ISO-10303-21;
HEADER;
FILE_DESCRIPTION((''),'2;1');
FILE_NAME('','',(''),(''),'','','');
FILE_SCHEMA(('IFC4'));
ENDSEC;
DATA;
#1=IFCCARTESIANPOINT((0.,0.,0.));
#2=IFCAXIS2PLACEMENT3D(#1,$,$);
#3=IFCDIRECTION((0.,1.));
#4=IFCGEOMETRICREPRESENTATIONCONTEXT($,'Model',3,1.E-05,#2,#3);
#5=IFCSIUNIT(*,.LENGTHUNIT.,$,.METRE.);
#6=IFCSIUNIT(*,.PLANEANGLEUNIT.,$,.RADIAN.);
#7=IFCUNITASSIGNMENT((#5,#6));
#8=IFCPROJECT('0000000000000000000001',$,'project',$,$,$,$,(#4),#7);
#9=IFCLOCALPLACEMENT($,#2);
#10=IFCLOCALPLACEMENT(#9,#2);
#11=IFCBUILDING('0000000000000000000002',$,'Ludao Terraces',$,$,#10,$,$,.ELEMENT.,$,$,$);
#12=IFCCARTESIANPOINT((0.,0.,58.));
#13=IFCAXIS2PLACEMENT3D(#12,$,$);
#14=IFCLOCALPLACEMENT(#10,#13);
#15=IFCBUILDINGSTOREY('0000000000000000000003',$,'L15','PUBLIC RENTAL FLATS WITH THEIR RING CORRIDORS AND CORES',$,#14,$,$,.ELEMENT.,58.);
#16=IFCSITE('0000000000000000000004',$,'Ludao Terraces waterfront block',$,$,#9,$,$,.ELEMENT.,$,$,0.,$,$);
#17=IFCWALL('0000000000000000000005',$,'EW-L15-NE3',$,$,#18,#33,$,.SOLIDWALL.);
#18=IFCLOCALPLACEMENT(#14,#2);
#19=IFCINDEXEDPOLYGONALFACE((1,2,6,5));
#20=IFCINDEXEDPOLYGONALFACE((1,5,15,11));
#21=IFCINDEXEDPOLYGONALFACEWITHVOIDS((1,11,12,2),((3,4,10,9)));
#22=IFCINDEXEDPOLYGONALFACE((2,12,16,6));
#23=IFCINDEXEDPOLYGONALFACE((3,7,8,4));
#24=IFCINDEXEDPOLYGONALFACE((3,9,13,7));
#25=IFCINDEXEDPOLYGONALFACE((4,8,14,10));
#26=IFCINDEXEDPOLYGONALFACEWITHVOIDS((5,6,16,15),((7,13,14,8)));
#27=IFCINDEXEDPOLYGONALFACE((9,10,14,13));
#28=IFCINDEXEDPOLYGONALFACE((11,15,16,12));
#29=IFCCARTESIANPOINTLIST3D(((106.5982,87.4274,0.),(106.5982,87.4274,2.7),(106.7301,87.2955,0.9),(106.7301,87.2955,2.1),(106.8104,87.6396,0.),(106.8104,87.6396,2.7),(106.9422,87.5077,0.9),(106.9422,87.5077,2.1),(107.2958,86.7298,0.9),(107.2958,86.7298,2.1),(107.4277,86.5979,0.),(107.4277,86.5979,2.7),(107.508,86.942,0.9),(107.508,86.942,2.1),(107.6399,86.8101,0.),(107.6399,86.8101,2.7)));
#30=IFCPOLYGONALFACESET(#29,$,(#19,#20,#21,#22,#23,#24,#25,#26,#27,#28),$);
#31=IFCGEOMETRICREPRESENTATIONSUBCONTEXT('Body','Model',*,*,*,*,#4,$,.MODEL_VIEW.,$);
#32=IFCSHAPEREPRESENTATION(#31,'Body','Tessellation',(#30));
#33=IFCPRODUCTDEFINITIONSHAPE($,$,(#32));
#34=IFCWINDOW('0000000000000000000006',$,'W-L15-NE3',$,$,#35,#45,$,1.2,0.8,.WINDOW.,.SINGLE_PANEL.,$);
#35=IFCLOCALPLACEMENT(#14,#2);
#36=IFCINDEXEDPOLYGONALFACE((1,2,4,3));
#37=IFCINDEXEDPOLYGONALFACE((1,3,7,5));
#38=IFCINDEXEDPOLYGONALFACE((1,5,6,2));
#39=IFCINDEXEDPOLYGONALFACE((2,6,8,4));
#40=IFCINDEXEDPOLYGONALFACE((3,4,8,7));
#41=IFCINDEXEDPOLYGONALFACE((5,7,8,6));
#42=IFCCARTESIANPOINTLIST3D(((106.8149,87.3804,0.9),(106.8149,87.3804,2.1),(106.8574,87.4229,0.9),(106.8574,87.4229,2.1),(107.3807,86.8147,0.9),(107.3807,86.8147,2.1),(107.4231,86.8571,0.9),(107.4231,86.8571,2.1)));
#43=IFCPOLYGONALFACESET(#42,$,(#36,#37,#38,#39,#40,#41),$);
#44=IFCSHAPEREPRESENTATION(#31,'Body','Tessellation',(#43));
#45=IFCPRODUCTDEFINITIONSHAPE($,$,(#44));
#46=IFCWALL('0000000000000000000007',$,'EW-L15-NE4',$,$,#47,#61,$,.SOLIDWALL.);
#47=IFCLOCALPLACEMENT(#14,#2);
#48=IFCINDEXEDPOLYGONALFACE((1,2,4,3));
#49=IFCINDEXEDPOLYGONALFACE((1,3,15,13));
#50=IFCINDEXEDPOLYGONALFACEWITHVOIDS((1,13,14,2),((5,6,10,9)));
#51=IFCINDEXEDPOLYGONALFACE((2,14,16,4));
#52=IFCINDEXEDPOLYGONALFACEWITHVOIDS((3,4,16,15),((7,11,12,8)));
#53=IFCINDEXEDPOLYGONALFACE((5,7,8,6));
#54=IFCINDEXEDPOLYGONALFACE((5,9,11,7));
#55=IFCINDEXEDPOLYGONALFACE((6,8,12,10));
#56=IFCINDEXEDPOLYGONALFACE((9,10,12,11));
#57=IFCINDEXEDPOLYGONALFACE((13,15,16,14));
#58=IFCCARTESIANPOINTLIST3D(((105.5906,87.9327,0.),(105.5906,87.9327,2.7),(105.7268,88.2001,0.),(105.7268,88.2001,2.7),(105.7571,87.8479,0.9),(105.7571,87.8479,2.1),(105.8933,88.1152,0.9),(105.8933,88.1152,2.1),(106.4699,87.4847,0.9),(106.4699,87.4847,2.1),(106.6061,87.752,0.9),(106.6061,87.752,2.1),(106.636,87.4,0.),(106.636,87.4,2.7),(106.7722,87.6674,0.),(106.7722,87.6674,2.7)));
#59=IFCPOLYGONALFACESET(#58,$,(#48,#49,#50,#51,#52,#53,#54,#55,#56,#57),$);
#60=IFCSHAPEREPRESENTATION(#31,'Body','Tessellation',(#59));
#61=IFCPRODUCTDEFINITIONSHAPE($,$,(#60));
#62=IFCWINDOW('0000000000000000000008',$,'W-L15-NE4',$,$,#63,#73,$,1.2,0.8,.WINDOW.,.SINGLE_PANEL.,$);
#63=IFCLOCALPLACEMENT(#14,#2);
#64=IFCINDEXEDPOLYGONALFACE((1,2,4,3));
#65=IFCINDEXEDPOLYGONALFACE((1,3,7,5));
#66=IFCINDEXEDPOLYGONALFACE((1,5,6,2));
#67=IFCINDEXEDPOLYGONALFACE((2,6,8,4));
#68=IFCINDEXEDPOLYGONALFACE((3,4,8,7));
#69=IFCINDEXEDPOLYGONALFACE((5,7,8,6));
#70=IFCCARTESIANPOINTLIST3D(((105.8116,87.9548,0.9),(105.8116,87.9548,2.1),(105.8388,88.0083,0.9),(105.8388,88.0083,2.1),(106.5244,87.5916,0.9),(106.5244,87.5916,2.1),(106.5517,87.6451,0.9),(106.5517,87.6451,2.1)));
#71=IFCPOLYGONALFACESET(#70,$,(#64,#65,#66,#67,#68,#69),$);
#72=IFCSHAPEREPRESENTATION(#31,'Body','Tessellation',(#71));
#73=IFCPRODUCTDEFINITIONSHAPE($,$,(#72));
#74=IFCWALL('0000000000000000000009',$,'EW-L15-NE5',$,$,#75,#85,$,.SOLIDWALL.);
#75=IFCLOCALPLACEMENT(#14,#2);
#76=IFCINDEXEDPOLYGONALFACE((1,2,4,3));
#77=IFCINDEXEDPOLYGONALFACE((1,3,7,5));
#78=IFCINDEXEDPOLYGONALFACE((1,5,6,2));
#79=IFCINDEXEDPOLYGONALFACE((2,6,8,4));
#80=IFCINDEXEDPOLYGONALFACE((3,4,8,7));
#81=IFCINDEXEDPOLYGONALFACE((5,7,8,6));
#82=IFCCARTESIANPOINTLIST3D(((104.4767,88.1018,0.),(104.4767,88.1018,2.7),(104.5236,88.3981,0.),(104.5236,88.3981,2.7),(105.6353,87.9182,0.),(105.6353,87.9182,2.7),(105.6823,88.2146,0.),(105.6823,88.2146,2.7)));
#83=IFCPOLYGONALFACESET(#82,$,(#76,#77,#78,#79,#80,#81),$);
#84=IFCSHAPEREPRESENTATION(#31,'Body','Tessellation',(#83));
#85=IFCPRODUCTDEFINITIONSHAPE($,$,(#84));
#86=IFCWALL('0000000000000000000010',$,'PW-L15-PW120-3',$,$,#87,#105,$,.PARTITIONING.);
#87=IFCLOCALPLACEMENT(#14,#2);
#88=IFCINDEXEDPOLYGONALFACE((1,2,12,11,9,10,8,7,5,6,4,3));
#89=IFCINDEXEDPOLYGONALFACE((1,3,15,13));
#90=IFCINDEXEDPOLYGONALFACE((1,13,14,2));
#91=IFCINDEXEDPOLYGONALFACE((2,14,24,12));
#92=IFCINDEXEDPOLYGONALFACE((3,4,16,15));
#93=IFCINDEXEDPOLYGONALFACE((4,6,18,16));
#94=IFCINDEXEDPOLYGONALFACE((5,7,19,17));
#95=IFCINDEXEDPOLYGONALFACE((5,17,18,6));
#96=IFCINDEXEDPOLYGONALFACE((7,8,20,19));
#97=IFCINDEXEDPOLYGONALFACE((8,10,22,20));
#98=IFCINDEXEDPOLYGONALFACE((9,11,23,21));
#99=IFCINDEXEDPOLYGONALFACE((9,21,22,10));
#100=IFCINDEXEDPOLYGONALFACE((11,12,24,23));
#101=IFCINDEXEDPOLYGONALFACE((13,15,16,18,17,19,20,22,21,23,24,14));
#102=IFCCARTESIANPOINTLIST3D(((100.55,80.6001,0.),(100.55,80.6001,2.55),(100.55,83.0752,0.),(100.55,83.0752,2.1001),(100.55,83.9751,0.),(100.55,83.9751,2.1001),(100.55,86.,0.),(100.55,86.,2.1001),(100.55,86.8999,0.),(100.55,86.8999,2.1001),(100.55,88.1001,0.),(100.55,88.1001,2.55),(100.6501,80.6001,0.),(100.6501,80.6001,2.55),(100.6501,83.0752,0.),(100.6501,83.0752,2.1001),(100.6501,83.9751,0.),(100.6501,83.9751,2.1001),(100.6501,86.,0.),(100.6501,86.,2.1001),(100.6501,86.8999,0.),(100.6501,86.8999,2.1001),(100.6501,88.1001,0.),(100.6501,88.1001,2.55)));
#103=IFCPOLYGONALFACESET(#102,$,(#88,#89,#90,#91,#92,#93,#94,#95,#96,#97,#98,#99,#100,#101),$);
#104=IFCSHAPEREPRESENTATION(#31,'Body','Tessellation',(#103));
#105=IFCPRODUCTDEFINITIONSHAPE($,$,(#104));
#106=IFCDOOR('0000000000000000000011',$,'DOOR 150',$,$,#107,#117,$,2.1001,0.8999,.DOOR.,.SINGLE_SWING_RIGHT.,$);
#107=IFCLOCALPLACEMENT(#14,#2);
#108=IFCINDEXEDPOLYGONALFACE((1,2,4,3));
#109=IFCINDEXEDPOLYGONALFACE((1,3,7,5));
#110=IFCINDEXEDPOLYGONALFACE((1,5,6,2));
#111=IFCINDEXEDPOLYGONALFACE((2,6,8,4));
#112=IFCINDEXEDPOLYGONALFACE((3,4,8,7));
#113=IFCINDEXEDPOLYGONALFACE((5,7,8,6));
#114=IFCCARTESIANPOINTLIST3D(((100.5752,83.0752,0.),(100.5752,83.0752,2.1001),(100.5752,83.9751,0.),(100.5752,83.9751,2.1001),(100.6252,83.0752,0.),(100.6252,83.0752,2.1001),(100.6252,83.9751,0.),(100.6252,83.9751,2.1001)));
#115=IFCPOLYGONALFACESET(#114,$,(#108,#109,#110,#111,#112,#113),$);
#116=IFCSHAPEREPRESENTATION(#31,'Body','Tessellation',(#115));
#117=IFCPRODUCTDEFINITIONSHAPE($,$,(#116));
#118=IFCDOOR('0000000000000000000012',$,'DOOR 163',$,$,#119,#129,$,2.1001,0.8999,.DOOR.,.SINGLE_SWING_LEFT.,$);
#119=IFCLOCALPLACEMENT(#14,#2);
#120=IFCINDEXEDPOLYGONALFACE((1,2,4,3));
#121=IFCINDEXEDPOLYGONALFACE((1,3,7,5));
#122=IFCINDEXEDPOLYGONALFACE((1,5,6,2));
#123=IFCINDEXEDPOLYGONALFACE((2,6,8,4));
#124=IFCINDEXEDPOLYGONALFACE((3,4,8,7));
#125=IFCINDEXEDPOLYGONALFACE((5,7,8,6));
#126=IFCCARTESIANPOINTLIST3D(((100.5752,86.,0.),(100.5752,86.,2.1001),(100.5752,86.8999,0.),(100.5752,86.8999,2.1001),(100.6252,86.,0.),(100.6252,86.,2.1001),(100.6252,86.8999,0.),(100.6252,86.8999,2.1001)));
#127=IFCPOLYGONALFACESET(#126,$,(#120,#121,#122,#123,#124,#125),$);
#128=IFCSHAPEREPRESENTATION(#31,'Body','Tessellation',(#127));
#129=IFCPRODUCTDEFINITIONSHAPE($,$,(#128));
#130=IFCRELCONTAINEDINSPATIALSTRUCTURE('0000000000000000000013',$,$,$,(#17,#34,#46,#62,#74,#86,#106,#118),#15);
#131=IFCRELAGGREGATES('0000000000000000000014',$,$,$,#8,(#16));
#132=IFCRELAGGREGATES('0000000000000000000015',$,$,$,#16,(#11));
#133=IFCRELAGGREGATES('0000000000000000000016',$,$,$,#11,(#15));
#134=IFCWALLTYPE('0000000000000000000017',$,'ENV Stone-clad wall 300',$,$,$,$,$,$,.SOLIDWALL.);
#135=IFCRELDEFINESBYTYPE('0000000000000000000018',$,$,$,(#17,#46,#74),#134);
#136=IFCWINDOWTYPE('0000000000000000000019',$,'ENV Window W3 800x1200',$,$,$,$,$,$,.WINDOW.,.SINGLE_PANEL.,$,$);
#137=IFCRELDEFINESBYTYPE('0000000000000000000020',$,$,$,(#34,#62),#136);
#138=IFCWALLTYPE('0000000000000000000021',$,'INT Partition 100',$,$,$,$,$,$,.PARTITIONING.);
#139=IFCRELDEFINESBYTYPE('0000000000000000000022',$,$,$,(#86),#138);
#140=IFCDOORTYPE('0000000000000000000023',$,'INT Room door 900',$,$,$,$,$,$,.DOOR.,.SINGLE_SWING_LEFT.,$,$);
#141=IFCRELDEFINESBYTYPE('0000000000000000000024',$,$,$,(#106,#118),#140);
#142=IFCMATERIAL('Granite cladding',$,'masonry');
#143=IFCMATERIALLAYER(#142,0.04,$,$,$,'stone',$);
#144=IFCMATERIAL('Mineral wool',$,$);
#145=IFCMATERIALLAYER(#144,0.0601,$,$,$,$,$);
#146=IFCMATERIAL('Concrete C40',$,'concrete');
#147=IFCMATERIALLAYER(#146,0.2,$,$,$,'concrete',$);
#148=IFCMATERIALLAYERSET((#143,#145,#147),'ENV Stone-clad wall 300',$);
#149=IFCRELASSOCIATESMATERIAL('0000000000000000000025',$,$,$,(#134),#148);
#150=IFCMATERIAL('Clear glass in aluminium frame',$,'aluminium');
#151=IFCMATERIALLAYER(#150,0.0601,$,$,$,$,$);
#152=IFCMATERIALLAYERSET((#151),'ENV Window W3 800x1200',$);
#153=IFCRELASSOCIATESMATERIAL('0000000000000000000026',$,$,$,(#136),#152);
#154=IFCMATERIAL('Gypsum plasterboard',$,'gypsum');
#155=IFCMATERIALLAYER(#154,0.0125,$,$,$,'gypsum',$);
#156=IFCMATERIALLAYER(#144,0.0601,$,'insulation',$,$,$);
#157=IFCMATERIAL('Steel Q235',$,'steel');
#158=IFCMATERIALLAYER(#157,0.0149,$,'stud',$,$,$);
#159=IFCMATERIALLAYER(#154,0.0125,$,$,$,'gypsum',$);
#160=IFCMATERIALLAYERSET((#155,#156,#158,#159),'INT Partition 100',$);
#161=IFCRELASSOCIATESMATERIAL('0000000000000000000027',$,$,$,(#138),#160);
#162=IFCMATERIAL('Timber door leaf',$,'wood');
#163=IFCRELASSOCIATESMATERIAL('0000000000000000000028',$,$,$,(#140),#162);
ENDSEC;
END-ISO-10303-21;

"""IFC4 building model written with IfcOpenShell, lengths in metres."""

from ifc_helpers import new_model, si_unit, direction, frame, frame_2d, origin, place, context, subcontext, project, spatial, rectangle, extrude, material, layer, layer_set, type_object, element, fill, save


model = new_model("IFC4")

# Units and contexts
model_context = context("Model", 3, precision=1e-05, world=origin(), true_north=direction((0.0, 1.0)))
body_context = subcontext(model_context, "Body", "Model", "MODEL_VIEW")
ifc_project = project(units=[si_unit("LENGTHUNIT", "METRE"), si_unit("PLANEANGLEUNIT", "RADIAN")], contexts=[model_context])

# Site, building, storey
site_placement = place(None, origin())
site = spatial("IfcSite", under=ifc_project, at=site_placement, Name="Ludao Terraces waterfront block", CompositionType="ELEMENT", RefElevation=0.0)
building_placement = place(site_placement, origin())
building = spatial("IfcBuilding", under=site, at=building_placement, Name="Ludao Terraces", CompositionType="ELEMENT")
storey_placement = place(building_placement, frame((0.0, 0.0, 58.0)))
storey = spatial("IfcBuildingStorey", under=building, at=storey_placement, Name="L15", Description="PUBLIC RENTAL FLATS WITH THEIR RING CORRIDORS AND CORES", CompositionType="ELEMENT", Elevation=58.0)

# Shared definitions
ifc_material_1 = material(Name="Concrete C40", Category="concrete")

# Shared definitions
ifc_material_2 = material(Name="Granite cladding", Category="masonry")
ifc_layer_1 = layer(ifc_material_2, 0.04, Category="stone")
ifc_material_3 = material(Name="Mineral wool")
ifc_layer_2 = layer(ifc_material_3, 0.0601)
ifc_layer_3 = layer(ifc_material_1, 0.2, Category="concrete")
ifc_layer_set_1 = layer_set([ifc_layer_1, ifc_layer_2, ifc_layer_3], Name="ENV Stone-clad wall 300")
wall_type_1 = type_object("IfcWallType", Name="ENV Stone-clad wall 300", PredefinedType="SOLIDWALL", material=ifc_layer_set_1)
ifc_material_4 = material(Name="Clear glass in aluminium frame", Category="aluminium")

# Walls, openings, windows
ifc_layer_4 = layer(ifc_material_4, 0.0601)
ifc_layer_set_2 = layer_set([ifc_layer_4], Name="ENV Window W3 800x1200")
window_type_1 = type_object("IfcWindowType", Name="ENV Window W3 800x1200", PartitioningType="SINGLE_PANEL", PredefinedType="WINDOW", material=ifc_layer_set_2)
wall_1_placement = place(storey_placement, frame((107.5337, 86.7041, 0.0), z_axis=(0.0, 0.0, 1.0), x_axis=(-0.707107, 0.707107, 0.0)))
wall_1 = element("IfcWall", 1, at=wall_1_placement, inside=storey, type_object=wall_type_1, Name="EW-L15-NE3", PredefinedType="SOLIDWALL", context=body_context, shape_type="SweptSolid", body=[
    extrude(rectangle(XDim=1.1731, YDim=0.3, at=frame_2d((0.5864, 0.0))), origin(), (0.0, 0.0, 1.0), 2.7),
])
opening_1_placement = place(wall_1_placement, frame((0.1865, 0.0, 0.8999)))
opening_1 = element("IfcOpeningElement", 2, at=opening_1_placement, cuts=wall_1, PredefinedType="OPENING", context=body_context, shape_type="SweptSolid", body=[
    extrude(rectangle(XDim=0.8, YDim=1.2, at=frame_2d((0.3999, 0.6001))), frame((0.0, 0.1602, 0.0), z_axis=(0.0, -1.0, 0.0), x_axis=(1.0, 0.0, 0.0)), (0.0, 0.0, 1.0), 0.3201),
])
window_1_placement = place(opening_1_placement, origin())
window_1 = element("IfcWindow", 3, at=window_1_placement, inside=storey, type_object=window_type_1, Name="W-L15-NE3", OverallHeight=1.2, OverallWidth=0.8, PartitioningType="SINGLE_PANEL", PredefinedType="WINDOW", context=body_context, shape_type="SweptSolid", body=[
    extrude(rectangle(XDim=0.8, YDim=1.2, at=frame_2d((0.3999, 0.6001))), frame((0.0, 0.03, 0.0), z_axis=(0.0, -1.0, 0.0), x_axis=(1.0, 0.0, 0.0)), (0.0, 0.0, 1.0), 0.0601),
])
fill(opening_1, window_1)
wall_2_placement = place(storey_placement, frame((106.7041, 87.5337, 0.0), z_axis=(0.0, 0.0, 1.0), x_axis=(-0.890989, 0.454026, 0.0)))
wall_2 = element("IfcWall", 4, at=wall_2_placement, inside=storey, type_object=wall_type_1, Name="EW-L15-NE4", PredefinedType="SOLIDWALL", context=body_context, shape_type="SweptSolid", body=[
    extrude(rectangle(XDim=1.1733, YDim=0.3, at=frame_2d((0.5867, 0.0))), origin(), (0.0, 0.0, 1.0), 2.7),
])
opening_2_placement = place(wall_2_placement, frame((0.1865, 0.0, 0.8999)))
opening_2 = element("IfcOpeningElement", 5, at=opening_2_placement, cuts=wall_2, PredefinedType="OPENING", context=body_context, shape_type="SweptSolid", body=[
    extrude(rectangle(XDim=0.8, YDim=1.2, at=frame_2d((0.3999, 0.6001))), frame((0.0, 0.1602, 0.0), z_axis=(0.0, -1.0, 0.0), x_axis=(1.0, 0.0, 0.0)), (0.0, 0.0, 1.0), 0.3201),
])
window_2_placement = place(opening_2_placement, origin())
window_2 = element("IfcWindow", 6, at=window_2_placement, inside=storey, type_object=window_type_1, Name="W-L15-NE4", OverallHeight=1.2, OverallWidth=0.8, PartitioningType="SINGLE_PANEL", PredefinedType="WINDOW", context=body_context, shape_type="SweptSolid", body=[
    extrude(rectangle(XDim=0.8, YDim=1.2, at=frame_2d((0.3999, 0.6001))), frame((0.0, 0.03, 0.0), z_axis=(0.0, -1.0, 0.0), x_axis=(1.0, 0.0, 0.0)), (0.0, 0.0, 1.0), 0.0601),
])
fill(opening_2, window_2)

# Wall
wall_3_placement = place(storey_placement, frame((105.6587, 88.0664, 0.0), z_axis=(0.0, 0.0, 1.0), x_axis=(-0.987678, 0.156497, 0.0)))
element("IfcWall", 7, at=wall_3_placement, inside=storey, type_object=wall_type_1, Name="EW-L15-NE5", PredefinedType="SOLIDWALL", context=body_context, shape_type="SweptSolid", body=[
    extrude(rectangle(XDim=1.1731, YDim=0.3, at=frame_2d((0.5864, 0.0))), origin(), (0.0, 0.0, 1.0), 2.7),
])

# Wall, openings, doors
ifc_material_5 = material(Name="Gypsum plasterboard", Category="gypsum")
ifc_layer_5 = layer(ifc_material_5, 0.0125, Category="gypsum")
ifc_layer_6 = layer(ifc_material_3, 0.0601, Name="insulation")
ifc_material_6 = material(Name="Steel Q235", Category="steel")
ifc_layer_7 = layer(ifc_material_6, 0.0149, Name="stud")
ifc_layer_8 = layer(ifc_material_5, 0.0125, Category="gypsum")
ifc_layer_set_3 = layer_set([ifc_layer_5, ifc_layer_6, ifc_layer_7, ifc_layer_8], Name="INT Partition 100")
wall_type_2 = type_object("IfcWallType", Name="INT Partition 100", PredefinedType="PARTITIONING", material=ifc_layer_set_3)
wall_4_placement = place(storey_placement, frame((100.6001, 80.6001, 0.0), z_axis=(0.0, 0.0, 1.0), x_axis=(0.0, 1.0, 0.0)))
wall_4 = element("IfcWall", 8, at=wall_4_placement, inside=storey, type_object=wall_type_2, Name="PW-L15-PW120-3", PredefinedType="PARTITIONING", context=body_context, shape_type="SweptSolid", body=[
    extrude(rectangle(XDim=7.5, YDim=0.1001, at=frame_2d((3.75, 0.0))), origin(), (0.0, 0.0, 1.0), 2.55),
])
opening_3_placement = place(wall_4_placement, frame((2.4751, 0.0, 0.0)))
opening_3 = element("IfcOpeningElement", 9, at=opening_3_placement, cuts=wall_4, PredefinedType="OPENING", context=body_context, shape_type="SweptSolid", body=[
    extrude(rectangle(XDim=0.8999, YDim=2.1001, at=frame_2d((0.45, 1.05))), frame((0.0, 0.0601, 0.0), z_axis=(0.0, -1.0, 0.0), x_axis=(1.0, 0.0, 0.0)), (0.0, 0.0, 1.0), 0.1201),
])
opening_4_placement = place(wall_4_placement, frame((5.3999, 0.0, 0.0)))
opening_4 = element("IfcOpeningElement", 10, at=opening_4_placement, cuts=wall_4, PredefinedType="OPENING", context=body_context, shape_type="SweptSolid", body=[
    extrude(rectangle(XDim=0.8999, YDim=2.1001, at=frame_2d((0.45, 1.05))), frame((0.0, 0.0601, 0.0), z_axis=(0.0, -1.0, 0.0), x_axis=(1.0, 0.0, 0.0)), (0.0, 0.0, 1.0), 0.1201),
])
ifc_material_7 = material(Name="Timber door leaf", Category="wood")
door_type = type_object("IfcDoorType", Name="INT Room door 900", OperationType="SINGLE_SWING_LEFT", PredefinedType="DOOR", material=ifc_material_7)
door_1_placement = place(opening_3_placement, origin())
door_1 = element("IfcDoor", 11, at=door_1_placement, inside=storey, type_object=door_type, Name="DOOR 150", OperationType="SINGLE_SWING_RIGHT", OverallHeight=2.1001, OverallWidth=0.8999, PredefinedType="DOOR", context=body_context, shape_type="SweptSolid", body=[
    extrude(rectangle(XDim=0.8999, YDim=2.1001, at=frame_2d((0.45, 1.05))), frame((0.0, 0.0249, 0.0), z_axis=(0.0, -1.0, 0.0), x_axis=(1.0, 0.0, 0.0)), (0.0, 0.0, 1.0), 0.05),
])
fill(opening_3, door_1)
door_2_placement = place(opening_4_placement, origin())
door_2 = element("IfcDoor", 12, at=door_2_placement, inside=storey, type_object=door_type, Name="DOOR 163", OperationType="SINGLE_SWING_LEFT", OverallHeight=2.1001, OverallWidth=0.8999, PredefinedType="DOOR", context=body_context, shape_type="SweptSolid", body=[
    extrude(rectangle(XDim=0.8999, YDim=2.1001, at=frame_2d((0.45, 1.05))), frame((0.0, 0.0249, 0.0), z_axis=(0.0, -1.0, 0.0), x_axis=(1.0, 0.0, 0.0)), (0.0, 0.0, 1.0), 0.05),
])
fill(opening_4, door_2)

save(model, "model.ifc")
